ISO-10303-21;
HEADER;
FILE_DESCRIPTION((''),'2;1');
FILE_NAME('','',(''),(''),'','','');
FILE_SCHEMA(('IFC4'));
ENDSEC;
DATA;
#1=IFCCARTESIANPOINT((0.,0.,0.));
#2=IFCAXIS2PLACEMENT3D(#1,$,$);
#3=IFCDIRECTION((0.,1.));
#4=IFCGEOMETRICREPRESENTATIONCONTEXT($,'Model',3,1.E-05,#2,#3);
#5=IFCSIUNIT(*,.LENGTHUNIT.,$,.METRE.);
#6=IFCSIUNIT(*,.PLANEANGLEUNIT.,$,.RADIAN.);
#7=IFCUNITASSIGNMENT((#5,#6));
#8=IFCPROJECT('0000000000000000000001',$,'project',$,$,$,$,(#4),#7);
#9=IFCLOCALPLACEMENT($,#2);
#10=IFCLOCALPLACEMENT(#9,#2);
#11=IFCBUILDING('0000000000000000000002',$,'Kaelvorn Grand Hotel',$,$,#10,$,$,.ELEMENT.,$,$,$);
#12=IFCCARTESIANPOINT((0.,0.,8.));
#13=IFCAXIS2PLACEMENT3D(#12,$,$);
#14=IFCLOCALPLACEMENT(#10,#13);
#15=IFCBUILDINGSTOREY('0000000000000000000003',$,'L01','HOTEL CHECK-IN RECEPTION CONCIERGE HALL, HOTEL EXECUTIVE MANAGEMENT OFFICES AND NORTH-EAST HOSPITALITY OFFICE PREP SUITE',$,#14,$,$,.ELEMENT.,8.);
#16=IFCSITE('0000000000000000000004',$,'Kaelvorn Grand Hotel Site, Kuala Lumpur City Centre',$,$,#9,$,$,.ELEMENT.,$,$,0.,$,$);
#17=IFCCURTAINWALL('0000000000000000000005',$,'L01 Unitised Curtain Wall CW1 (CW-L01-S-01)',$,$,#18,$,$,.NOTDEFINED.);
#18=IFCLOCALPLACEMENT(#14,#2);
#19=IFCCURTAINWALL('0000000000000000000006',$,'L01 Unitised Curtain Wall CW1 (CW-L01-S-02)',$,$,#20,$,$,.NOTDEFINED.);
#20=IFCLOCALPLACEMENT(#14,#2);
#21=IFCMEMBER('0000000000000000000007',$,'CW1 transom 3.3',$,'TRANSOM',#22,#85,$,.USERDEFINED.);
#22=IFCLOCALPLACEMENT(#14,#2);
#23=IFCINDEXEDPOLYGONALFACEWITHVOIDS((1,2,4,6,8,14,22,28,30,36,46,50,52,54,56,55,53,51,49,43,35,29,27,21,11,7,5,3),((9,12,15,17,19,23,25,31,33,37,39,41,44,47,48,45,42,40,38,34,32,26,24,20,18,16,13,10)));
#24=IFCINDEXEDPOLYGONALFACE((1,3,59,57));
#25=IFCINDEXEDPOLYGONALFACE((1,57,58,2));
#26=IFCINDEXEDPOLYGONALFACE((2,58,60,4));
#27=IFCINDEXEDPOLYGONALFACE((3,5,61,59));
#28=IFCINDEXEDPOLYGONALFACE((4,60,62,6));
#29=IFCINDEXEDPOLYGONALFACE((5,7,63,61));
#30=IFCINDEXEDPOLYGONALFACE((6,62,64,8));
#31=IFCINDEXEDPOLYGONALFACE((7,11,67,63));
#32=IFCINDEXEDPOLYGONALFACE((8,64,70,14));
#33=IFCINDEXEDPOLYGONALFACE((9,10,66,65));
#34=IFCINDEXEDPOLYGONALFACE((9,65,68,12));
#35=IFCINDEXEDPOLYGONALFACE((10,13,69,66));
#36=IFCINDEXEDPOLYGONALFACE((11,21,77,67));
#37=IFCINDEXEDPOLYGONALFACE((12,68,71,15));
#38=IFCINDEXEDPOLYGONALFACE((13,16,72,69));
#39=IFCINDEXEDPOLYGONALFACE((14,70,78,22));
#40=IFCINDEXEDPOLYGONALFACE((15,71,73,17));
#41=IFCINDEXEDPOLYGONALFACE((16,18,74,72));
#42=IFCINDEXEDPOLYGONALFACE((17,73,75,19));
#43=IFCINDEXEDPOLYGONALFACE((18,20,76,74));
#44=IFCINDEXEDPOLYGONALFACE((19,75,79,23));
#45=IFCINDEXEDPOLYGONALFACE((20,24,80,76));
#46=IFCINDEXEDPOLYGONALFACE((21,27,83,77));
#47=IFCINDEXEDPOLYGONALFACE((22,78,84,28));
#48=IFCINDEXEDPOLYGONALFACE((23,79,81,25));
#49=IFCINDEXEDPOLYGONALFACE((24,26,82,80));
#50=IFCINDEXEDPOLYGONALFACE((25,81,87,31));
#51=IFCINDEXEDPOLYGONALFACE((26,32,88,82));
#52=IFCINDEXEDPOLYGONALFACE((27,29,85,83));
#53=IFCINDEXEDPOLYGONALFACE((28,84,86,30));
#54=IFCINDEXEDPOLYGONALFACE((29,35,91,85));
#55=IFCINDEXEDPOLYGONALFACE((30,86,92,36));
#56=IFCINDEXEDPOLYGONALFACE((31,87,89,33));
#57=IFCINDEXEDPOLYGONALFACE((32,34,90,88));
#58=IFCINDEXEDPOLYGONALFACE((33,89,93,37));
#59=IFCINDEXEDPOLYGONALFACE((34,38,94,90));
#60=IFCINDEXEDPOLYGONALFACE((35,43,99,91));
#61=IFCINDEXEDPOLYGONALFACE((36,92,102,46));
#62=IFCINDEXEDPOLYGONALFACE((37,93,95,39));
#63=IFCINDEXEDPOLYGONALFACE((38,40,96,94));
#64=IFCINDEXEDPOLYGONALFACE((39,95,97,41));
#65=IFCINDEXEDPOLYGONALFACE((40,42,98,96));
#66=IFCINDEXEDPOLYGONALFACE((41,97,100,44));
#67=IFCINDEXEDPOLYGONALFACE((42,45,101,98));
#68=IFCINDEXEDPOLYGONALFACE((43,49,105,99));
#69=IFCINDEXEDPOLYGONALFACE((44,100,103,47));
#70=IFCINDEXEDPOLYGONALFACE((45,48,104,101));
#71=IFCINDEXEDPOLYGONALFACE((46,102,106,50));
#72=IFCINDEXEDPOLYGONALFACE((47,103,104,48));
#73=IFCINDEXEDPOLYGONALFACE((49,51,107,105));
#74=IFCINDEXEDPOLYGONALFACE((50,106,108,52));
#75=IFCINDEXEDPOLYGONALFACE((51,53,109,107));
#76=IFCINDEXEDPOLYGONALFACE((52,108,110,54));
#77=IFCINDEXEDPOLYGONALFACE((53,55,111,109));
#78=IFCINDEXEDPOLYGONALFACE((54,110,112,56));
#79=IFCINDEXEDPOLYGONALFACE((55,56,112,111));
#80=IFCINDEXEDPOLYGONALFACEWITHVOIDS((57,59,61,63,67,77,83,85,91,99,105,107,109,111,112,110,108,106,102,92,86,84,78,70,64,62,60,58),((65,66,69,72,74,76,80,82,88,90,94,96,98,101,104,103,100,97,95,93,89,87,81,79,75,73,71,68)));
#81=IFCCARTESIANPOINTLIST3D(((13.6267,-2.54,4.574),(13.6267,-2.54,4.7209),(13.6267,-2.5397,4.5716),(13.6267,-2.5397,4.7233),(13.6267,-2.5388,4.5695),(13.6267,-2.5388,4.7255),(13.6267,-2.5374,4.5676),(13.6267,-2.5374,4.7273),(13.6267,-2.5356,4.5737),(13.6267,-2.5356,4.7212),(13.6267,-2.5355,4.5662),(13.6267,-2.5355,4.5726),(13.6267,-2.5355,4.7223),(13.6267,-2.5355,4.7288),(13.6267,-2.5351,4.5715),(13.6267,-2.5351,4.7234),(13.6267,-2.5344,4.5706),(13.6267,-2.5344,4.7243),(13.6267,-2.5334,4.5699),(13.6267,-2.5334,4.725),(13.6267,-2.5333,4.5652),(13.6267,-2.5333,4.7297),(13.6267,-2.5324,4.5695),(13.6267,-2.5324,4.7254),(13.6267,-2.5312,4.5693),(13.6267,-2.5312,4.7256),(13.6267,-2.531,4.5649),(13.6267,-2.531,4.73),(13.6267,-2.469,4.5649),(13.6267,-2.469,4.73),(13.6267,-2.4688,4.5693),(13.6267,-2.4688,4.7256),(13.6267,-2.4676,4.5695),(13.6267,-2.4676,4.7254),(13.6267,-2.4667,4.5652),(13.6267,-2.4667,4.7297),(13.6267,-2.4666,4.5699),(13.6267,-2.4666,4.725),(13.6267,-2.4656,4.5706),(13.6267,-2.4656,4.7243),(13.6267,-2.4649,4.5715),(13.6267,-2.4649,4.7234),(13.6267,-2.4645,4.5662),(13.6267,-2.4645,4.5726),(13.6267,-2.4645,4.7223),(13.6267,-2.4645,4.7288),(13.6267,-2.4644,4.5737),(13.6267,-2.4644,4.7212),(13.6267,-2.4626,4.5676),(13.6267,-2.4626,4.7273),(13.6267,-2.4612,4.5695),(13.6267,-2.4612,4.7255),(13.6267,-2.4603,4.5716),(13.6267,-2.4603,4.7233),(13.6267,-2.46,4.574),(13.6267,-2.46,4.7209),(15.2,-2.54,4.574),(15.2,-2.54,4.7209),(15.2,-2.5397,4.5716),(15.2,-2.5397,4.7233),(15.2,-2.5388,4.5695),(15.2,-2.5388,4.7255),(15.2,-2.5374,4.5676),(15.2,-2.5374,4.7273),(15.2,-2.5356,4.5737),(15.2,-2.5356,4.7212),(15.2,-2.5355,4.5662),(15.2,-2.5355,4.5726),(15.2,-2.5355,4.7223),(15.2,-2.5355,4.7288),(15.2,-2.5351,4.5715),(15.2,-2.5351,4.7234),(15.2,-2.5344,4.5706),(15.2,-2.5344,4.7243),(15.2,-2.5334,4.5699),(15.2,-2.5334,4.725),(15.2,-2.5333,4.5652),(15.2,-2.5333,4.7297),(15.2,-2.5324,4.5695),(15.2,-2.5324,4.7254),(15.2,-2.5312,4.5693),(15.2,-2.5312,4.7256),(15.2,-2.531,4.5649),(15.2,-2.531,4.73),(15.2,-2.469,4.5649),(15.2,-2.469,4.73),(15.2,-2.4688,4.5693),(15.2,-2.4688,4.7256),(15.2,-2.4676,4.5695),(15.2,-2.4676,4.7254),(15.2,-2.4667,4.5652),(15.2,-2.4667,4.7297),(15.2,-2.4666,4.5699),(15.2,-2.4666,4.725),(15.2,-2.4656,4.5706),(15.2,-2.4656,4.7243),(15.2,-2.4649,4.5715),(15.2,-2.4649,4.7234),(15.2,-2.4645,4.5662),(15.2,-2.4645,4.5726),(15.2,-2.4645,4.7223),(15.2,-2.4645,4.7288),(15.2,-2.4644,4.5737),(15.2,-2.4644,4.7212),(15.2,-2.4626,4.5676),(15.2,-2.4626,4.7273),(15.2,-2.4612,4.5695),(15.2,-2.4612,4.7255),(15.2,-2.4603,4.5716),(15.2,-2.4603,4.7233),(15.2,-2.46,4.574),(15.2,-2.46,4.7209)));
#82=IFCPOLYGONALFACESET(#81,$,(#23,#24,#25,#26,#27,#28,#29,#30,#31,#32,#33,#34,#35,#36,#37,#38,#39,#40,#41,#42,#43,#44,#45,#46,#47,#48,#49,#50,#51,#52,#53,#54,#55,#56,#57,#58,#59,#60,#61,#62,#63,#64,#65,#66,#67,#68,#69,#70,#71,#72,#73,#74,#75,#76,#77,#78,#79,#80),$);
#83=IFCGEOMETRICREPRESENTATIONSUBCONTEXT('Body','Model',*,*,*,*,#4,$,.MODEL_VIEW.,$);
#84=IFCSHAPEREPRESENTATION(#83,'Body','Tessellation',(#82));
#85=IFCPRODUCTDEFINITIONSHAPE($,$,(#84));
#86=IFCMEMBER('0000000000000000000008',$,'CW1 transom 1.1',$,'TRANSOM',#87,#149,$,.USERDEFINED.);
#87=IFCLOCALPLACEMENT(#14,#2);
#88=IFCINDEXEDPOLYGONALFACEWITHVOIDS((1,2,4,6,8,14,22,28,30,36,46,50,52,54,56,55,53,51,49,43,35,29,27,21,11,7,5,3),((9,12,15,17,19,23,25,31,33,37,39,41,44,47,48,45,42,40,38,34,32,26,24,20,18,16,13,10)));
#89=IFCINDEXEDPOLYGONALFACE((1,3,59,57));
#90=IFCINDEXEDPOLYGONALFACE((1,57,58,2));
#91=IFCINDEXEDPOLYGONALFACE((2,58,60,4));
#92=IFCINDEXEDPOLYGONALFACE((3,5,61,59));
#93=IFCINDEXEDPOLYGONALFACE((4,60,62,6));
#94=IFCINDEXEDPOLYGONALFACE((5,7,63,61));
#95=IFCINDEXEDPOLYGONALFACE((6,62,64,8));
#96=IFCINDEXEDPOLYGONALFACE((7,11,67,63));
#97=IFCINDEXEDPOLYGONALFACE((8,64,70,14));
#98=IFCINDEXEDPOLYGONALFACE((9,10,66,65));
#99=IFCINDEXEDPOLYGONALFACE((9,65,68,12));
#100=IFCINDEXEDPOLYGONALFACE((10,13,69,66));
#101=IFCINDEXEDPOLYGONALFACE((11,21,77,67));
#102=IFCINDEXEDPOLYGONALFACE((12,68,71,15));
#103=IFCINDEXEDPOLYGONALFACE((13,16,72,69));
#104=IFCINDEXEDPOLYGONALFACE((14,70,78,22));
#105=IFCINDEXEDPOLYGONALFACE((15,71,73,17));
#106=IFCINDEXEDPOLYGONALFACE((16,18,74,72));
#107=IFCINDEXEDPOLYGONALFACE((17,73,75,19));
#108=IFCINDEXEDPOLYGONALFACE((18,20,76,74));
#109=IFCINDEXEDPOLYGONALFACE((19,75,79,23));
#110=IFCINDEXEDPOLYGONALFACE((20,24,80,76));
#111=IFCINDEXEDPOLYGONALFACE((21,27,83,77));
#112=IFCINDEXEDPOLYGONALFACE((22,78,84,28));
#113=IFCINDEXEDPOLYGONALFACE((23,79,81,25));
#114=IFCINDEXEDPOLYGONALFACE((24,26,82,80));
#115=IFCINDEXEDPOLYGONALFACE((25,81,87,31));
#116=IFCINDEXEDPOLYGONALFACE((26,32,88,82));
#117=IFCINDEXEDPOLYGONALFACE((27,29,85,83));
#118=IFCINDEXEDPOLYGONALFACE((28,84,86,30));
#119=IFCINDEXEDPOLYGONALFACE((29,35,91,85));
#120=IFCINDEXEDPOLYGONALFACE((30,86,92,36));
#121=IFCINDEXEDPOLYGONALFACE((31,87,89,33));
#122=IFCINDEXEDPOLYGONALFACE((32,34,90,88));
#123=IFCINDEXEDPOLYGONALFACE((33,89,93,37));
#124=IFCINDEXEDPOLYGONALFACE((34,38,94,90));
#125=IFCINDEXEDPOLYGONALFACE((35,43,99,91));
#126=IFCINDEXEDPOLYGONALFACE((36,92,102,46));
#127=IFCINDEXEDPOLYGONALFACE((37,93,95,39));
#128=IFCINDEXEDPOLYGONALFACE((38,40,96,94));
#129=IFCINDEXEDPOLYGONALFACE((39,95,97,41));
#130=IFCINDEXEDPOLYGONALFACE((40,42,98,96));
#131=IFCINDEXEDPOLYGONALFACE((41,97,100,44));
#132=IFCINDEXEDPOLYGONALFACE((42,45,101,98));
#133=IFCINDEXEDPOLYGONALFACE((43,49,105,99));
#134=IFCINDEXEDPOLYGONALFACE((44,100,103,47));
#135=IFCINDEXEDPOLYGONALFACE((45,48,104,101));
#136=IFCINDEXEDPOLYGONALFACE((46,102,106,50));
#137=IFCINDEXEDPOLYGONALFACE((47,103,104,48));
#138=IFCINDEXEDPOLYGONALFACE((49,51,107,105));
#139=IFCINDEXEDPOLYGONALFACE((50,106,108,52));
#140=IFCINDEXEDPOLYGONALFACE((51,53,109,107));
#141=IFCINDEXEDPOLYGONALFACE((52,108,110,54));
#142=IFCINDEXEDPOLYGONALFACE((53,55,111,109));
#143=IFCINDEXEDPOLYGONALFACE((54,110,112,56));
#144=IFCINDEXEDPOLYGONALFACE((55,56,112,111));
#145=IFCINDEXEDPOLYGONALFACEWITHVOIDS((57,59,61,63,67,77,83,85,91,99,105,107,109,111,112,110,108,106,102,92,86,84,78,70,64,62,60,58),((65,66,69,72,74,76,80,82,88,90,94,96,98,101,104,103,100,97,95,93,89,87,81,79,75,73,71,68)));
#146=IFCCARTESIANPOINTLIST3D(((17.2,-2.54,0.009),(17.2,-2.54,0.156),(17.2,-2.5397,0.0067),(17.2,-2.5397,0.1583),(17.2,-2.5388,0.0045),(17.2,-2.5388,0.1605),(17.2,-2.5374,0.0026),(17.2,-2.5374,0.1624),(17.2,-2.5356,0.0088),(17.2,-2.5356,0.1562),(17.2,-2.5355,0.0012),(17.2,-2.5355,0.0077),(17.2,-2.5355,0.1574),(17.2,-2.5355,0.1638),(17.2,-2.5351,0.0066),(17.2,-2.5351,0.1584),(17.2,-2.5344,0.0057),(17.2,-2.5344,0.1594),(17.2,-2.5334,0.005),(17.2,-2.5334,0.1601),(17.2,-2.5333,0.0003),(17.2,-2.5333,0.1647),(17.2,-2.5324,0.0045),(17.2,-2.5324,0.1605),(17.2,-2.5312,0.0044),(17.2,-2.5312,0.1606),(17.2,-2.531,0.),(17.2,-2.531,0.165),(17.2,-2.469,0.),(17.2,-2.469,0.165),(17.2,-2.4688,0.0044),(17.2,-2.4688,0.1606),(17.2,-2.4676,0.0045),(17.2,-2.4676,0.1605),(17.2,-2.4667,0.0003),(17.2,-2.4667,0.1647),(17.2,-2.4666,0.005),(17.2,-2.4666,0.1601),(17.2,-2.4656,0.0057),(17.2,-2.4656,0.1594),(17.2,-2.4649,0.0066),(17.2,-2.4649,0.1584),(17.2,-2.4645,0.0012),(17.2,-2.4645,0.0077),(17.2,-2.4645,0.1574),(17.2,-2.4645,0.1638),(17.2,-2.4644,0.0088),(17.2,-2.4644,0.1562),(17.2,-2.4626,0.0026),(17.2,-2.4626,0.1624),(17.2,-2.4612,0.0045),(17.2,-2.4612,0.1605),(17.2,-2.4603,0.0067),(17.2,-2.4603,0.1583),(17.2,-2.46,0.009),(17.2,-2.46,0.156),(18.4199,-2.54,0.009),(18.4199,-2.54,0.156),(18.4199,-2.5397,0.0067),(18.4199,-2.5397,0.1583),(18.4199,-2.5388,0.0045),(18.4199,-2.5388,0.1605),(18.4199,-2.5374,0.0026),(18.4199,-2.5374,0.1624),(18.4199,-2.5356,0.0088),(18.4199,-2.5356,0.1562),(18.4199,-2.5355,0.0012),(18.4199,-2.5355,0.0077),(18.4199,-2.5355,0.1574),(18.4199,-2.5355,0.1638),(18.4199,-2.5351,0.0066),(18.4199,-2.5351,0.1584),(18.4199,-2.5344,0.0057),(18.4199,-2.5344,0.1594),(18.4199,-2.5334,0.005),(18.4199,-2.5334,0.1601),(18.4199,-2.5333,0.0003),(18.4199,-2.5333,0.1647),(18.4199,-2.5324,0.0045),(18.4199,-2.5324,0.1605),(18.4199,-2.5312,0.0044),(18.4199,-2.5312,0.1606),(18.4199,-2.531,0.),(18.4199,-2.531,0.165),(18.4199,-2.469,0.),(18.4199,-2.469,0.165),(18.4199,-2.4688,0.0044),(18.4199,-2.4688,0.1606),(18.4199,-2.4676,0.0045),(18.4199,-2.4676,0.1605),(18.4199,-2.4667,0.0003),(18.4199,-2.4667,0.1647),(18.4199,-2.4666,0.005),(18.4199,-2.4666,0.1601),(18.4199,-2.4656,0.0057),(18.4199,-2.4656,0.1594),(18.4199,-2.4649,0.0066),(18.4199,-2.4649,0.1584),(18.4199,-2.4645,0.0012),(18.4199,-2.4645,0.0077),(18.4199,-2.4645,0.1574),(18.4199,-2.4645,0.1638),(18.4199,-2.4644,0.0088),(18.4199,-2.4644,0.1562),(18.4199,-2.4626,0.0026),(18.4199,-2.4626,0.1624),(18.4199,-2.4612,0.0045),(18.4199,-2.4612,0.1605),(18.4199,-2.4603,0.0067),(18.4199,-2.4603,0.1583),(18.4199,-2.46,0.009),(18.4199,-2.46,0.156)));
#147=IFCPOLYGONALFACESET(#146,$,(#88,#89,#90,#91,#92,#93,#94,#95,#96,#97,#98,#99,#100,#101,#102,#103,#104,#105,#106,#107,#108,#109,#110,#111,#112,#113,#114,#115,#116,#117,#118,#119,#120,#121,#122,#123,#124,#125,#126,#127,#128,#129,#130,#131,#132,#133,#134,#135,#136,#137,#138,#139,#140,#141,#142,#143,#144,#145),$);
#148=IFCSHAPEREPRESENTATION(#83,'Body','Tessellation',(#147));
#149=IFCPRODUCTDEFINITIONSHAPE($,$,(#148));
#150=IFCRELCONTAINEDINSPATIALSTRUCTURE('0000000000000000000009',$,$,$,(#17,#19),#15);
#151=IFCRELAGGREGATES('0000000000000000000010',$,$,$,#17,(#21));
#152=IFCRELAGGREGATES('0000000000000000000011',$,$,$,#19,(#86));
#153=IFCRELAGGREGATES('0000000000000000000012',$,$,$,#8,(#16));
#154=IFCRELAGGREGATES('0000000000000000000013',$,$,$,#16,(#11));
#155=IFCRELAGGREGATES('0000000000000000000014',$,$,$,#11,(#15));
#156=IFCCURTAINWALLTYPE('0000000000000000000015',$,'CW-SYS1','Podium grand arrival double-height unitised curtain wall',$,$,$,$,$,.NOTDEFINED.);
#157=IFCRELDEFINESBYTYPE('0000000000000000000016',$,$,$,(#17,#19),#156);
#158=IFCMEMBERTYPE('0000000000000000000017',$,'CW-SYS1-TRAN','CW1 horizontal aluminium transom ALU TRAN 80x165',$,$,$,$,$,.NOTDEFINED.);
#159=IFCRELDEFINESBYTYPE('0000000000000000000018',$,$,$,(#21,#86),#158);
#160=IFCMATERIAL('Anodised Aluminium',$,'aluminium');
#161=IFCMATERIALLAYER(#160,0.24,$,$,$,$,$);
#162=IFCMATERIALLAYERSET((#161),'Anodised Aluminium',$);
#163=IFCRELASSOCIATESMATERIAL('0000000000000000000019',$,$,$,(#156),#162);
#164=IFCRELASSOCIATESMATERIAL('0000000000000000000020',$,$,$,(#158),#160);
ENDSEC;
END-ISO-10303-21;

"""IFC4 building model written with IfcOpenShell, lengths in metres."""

from ifc_helpers import new_model, si_unit, direction, frame, origin, origin_2d, place, context, subcontext, project, spatial, hollow_rectangle, extrude, material, layer, layer_set, material_profile, profile_set, type_object, element, aggregate, save


model = new_model("IFC4")

# Units and contexts
model_context = context("Model", 3, precision=1e-05, world=origin(), true_north=direction((0.0, 1.0)))
body_context = subcontext(model_context, "Body", "Model", "MODEL_VIEW")
ifc_project = project(units=[si_unit("LENGTHUNIT", "METRE"), si_unit("PLANEANGLEUNIT", "RADIAN")], contexts=[model_context])

# Site, building, storey
site_placement = place(None, origin())
site = spatial("IfcSite", under=ifc_project, at=site_placement, Name="Kaelvorn Grand Hotel Site, Kuala Lumpur City Centre", CompositionType="ELEMENT", RefElevation=0.0)
building_placement = place(site_placement, origin())
building = spatial("IfcBuilding", under=site, at=building_placement, Name="Kaelvorn Grand Hotel", CompositionType="ELEMENT")
storey_placement = place(building_placement, frame((0.0, 0.0, 8.0)))
storey = spatial("IfcBuildingStorey", under=building, at=storey_placement, Name="L01", Description="HOTEL CHECK-IN RECEPTION CONCIERGE HALL, HOTEL EXECUTIVE MANAGEMENT OFFICES AND NORTH-EAST HOSPITALITY OFFICE PREP SUITE", CompositionType="ELEMENT", Elevation=8.0)

# Curtain walls
ifc_material_1 = material(Name="Anodised Aluminium", Category="aluminium")
ifc_layer_1 = layer(ifc_material_1, 0.24)
ifc_layer_set_1 = layer_set([ifc_layer_1], Name="Anodised Aluminium")
curtain_wall_type = type_object("IfcCurtainWallType", Name="CW-SYS1", Description="Podium grand arrival double-height unitised curtain wall", PredefinedType="NOTDEFINED", material=ifc_layer_set_1)
curtain_wall_1_placement = place(storey_placement, origin())
curtain_wall_1 = element("IfcCurtainWall", 1, at=curtain_wall_1_placement, inside=storey, type_object=curtain_wall_type, Name="L01 Unitised Curtain Wall CW1 (CW-L01-S-01)", PredefinedType="NOTDEFINED")
curtain_wall_2_placement = place(storey_placement, origin())
curtain_wall_2 = element("IfcCurtainWall", 2, at=curtain_wall_2_placement, inside=storey, type_object=curtain_wall_type, Name="L01 Unitised Curtain Wall CW1 (CW-L01-S-02)", PredefinedType="NOTDEFINED")

# Members
ifc_material_profile_1 = material_profile(ifc_material_1, hollow_rectangle(XDim=0.0801, YDim=0.165, WallThickness=0.0044, InnerFilletRadius=0.0044, OuterFilletRadius=0.009, at=origin_2d()), Name="ALU TRAN 80x165")
ifc_profile_set_1 = profile_set([ifc_material_profile_1], Name="Anodised Aluminium")
member_type_1 = type_object("IfcMemberType", Name="CW-SYS1-TRAN", Description="CW1 horizontal aluminium transom ALU TRAN 80x165", PredefinedType="NOTDEFINED", material=ifc_profile_set_1)
member_1_placement = place(storey_placement, frame((13.6267, -2.5, 4.6475), z_axis=(1.0, 0.0, 0.0), x_axis=(0.0, 1.0, 0.0)))
member_1 = element("IfcMember", 3, at=member_1_placement, type_object=member_type_1, Name="CW1 transom 3.3", ObjectType="TRANSOM", PredefinedType="USERDEFINED", context=body_context, shape_type="SweptSolid", body=[
    extrude(hollow_rectangle(XDim=0.0801, YDim=0.165, WallThickness=0.0044, InnerFilletRadius=0.0044, OuterFilletRadius=0.009, at=origin_2d()), origin(), (0.0, 0.0, 1.0), 1.5732),
])
member_2_placement = place(storey_placement, frame((17.2, -2.5, 0.0825), z_axis=(1.0, 0.0, 0.0), x_axis=(0.0, 1.0, 0.0)))
member_2 = element("IfcMember", 4, at=member_2_placement, type_object=member_type_1, Name="CW1 transom 1.1", ObjectType="TRANSOM", PredefinedType="USERDEFINED", context=body_context, shape_type="SweptSolid", body=[
    extrude(hollow_rectangle(XDim=0.0801, YDim=0.165, WallThickness=0.0044, InnerFilletRadius=0.0044, OuterFilletRadius=0.009, at=origin_2d()), origin(), (0.0, 0.0, 1.0), 1.22),
])

aggregate(curtain_wall_1, [member_1])
aggregate(curtain_wall_2, [member_2])

save(model, "model.ifc")
